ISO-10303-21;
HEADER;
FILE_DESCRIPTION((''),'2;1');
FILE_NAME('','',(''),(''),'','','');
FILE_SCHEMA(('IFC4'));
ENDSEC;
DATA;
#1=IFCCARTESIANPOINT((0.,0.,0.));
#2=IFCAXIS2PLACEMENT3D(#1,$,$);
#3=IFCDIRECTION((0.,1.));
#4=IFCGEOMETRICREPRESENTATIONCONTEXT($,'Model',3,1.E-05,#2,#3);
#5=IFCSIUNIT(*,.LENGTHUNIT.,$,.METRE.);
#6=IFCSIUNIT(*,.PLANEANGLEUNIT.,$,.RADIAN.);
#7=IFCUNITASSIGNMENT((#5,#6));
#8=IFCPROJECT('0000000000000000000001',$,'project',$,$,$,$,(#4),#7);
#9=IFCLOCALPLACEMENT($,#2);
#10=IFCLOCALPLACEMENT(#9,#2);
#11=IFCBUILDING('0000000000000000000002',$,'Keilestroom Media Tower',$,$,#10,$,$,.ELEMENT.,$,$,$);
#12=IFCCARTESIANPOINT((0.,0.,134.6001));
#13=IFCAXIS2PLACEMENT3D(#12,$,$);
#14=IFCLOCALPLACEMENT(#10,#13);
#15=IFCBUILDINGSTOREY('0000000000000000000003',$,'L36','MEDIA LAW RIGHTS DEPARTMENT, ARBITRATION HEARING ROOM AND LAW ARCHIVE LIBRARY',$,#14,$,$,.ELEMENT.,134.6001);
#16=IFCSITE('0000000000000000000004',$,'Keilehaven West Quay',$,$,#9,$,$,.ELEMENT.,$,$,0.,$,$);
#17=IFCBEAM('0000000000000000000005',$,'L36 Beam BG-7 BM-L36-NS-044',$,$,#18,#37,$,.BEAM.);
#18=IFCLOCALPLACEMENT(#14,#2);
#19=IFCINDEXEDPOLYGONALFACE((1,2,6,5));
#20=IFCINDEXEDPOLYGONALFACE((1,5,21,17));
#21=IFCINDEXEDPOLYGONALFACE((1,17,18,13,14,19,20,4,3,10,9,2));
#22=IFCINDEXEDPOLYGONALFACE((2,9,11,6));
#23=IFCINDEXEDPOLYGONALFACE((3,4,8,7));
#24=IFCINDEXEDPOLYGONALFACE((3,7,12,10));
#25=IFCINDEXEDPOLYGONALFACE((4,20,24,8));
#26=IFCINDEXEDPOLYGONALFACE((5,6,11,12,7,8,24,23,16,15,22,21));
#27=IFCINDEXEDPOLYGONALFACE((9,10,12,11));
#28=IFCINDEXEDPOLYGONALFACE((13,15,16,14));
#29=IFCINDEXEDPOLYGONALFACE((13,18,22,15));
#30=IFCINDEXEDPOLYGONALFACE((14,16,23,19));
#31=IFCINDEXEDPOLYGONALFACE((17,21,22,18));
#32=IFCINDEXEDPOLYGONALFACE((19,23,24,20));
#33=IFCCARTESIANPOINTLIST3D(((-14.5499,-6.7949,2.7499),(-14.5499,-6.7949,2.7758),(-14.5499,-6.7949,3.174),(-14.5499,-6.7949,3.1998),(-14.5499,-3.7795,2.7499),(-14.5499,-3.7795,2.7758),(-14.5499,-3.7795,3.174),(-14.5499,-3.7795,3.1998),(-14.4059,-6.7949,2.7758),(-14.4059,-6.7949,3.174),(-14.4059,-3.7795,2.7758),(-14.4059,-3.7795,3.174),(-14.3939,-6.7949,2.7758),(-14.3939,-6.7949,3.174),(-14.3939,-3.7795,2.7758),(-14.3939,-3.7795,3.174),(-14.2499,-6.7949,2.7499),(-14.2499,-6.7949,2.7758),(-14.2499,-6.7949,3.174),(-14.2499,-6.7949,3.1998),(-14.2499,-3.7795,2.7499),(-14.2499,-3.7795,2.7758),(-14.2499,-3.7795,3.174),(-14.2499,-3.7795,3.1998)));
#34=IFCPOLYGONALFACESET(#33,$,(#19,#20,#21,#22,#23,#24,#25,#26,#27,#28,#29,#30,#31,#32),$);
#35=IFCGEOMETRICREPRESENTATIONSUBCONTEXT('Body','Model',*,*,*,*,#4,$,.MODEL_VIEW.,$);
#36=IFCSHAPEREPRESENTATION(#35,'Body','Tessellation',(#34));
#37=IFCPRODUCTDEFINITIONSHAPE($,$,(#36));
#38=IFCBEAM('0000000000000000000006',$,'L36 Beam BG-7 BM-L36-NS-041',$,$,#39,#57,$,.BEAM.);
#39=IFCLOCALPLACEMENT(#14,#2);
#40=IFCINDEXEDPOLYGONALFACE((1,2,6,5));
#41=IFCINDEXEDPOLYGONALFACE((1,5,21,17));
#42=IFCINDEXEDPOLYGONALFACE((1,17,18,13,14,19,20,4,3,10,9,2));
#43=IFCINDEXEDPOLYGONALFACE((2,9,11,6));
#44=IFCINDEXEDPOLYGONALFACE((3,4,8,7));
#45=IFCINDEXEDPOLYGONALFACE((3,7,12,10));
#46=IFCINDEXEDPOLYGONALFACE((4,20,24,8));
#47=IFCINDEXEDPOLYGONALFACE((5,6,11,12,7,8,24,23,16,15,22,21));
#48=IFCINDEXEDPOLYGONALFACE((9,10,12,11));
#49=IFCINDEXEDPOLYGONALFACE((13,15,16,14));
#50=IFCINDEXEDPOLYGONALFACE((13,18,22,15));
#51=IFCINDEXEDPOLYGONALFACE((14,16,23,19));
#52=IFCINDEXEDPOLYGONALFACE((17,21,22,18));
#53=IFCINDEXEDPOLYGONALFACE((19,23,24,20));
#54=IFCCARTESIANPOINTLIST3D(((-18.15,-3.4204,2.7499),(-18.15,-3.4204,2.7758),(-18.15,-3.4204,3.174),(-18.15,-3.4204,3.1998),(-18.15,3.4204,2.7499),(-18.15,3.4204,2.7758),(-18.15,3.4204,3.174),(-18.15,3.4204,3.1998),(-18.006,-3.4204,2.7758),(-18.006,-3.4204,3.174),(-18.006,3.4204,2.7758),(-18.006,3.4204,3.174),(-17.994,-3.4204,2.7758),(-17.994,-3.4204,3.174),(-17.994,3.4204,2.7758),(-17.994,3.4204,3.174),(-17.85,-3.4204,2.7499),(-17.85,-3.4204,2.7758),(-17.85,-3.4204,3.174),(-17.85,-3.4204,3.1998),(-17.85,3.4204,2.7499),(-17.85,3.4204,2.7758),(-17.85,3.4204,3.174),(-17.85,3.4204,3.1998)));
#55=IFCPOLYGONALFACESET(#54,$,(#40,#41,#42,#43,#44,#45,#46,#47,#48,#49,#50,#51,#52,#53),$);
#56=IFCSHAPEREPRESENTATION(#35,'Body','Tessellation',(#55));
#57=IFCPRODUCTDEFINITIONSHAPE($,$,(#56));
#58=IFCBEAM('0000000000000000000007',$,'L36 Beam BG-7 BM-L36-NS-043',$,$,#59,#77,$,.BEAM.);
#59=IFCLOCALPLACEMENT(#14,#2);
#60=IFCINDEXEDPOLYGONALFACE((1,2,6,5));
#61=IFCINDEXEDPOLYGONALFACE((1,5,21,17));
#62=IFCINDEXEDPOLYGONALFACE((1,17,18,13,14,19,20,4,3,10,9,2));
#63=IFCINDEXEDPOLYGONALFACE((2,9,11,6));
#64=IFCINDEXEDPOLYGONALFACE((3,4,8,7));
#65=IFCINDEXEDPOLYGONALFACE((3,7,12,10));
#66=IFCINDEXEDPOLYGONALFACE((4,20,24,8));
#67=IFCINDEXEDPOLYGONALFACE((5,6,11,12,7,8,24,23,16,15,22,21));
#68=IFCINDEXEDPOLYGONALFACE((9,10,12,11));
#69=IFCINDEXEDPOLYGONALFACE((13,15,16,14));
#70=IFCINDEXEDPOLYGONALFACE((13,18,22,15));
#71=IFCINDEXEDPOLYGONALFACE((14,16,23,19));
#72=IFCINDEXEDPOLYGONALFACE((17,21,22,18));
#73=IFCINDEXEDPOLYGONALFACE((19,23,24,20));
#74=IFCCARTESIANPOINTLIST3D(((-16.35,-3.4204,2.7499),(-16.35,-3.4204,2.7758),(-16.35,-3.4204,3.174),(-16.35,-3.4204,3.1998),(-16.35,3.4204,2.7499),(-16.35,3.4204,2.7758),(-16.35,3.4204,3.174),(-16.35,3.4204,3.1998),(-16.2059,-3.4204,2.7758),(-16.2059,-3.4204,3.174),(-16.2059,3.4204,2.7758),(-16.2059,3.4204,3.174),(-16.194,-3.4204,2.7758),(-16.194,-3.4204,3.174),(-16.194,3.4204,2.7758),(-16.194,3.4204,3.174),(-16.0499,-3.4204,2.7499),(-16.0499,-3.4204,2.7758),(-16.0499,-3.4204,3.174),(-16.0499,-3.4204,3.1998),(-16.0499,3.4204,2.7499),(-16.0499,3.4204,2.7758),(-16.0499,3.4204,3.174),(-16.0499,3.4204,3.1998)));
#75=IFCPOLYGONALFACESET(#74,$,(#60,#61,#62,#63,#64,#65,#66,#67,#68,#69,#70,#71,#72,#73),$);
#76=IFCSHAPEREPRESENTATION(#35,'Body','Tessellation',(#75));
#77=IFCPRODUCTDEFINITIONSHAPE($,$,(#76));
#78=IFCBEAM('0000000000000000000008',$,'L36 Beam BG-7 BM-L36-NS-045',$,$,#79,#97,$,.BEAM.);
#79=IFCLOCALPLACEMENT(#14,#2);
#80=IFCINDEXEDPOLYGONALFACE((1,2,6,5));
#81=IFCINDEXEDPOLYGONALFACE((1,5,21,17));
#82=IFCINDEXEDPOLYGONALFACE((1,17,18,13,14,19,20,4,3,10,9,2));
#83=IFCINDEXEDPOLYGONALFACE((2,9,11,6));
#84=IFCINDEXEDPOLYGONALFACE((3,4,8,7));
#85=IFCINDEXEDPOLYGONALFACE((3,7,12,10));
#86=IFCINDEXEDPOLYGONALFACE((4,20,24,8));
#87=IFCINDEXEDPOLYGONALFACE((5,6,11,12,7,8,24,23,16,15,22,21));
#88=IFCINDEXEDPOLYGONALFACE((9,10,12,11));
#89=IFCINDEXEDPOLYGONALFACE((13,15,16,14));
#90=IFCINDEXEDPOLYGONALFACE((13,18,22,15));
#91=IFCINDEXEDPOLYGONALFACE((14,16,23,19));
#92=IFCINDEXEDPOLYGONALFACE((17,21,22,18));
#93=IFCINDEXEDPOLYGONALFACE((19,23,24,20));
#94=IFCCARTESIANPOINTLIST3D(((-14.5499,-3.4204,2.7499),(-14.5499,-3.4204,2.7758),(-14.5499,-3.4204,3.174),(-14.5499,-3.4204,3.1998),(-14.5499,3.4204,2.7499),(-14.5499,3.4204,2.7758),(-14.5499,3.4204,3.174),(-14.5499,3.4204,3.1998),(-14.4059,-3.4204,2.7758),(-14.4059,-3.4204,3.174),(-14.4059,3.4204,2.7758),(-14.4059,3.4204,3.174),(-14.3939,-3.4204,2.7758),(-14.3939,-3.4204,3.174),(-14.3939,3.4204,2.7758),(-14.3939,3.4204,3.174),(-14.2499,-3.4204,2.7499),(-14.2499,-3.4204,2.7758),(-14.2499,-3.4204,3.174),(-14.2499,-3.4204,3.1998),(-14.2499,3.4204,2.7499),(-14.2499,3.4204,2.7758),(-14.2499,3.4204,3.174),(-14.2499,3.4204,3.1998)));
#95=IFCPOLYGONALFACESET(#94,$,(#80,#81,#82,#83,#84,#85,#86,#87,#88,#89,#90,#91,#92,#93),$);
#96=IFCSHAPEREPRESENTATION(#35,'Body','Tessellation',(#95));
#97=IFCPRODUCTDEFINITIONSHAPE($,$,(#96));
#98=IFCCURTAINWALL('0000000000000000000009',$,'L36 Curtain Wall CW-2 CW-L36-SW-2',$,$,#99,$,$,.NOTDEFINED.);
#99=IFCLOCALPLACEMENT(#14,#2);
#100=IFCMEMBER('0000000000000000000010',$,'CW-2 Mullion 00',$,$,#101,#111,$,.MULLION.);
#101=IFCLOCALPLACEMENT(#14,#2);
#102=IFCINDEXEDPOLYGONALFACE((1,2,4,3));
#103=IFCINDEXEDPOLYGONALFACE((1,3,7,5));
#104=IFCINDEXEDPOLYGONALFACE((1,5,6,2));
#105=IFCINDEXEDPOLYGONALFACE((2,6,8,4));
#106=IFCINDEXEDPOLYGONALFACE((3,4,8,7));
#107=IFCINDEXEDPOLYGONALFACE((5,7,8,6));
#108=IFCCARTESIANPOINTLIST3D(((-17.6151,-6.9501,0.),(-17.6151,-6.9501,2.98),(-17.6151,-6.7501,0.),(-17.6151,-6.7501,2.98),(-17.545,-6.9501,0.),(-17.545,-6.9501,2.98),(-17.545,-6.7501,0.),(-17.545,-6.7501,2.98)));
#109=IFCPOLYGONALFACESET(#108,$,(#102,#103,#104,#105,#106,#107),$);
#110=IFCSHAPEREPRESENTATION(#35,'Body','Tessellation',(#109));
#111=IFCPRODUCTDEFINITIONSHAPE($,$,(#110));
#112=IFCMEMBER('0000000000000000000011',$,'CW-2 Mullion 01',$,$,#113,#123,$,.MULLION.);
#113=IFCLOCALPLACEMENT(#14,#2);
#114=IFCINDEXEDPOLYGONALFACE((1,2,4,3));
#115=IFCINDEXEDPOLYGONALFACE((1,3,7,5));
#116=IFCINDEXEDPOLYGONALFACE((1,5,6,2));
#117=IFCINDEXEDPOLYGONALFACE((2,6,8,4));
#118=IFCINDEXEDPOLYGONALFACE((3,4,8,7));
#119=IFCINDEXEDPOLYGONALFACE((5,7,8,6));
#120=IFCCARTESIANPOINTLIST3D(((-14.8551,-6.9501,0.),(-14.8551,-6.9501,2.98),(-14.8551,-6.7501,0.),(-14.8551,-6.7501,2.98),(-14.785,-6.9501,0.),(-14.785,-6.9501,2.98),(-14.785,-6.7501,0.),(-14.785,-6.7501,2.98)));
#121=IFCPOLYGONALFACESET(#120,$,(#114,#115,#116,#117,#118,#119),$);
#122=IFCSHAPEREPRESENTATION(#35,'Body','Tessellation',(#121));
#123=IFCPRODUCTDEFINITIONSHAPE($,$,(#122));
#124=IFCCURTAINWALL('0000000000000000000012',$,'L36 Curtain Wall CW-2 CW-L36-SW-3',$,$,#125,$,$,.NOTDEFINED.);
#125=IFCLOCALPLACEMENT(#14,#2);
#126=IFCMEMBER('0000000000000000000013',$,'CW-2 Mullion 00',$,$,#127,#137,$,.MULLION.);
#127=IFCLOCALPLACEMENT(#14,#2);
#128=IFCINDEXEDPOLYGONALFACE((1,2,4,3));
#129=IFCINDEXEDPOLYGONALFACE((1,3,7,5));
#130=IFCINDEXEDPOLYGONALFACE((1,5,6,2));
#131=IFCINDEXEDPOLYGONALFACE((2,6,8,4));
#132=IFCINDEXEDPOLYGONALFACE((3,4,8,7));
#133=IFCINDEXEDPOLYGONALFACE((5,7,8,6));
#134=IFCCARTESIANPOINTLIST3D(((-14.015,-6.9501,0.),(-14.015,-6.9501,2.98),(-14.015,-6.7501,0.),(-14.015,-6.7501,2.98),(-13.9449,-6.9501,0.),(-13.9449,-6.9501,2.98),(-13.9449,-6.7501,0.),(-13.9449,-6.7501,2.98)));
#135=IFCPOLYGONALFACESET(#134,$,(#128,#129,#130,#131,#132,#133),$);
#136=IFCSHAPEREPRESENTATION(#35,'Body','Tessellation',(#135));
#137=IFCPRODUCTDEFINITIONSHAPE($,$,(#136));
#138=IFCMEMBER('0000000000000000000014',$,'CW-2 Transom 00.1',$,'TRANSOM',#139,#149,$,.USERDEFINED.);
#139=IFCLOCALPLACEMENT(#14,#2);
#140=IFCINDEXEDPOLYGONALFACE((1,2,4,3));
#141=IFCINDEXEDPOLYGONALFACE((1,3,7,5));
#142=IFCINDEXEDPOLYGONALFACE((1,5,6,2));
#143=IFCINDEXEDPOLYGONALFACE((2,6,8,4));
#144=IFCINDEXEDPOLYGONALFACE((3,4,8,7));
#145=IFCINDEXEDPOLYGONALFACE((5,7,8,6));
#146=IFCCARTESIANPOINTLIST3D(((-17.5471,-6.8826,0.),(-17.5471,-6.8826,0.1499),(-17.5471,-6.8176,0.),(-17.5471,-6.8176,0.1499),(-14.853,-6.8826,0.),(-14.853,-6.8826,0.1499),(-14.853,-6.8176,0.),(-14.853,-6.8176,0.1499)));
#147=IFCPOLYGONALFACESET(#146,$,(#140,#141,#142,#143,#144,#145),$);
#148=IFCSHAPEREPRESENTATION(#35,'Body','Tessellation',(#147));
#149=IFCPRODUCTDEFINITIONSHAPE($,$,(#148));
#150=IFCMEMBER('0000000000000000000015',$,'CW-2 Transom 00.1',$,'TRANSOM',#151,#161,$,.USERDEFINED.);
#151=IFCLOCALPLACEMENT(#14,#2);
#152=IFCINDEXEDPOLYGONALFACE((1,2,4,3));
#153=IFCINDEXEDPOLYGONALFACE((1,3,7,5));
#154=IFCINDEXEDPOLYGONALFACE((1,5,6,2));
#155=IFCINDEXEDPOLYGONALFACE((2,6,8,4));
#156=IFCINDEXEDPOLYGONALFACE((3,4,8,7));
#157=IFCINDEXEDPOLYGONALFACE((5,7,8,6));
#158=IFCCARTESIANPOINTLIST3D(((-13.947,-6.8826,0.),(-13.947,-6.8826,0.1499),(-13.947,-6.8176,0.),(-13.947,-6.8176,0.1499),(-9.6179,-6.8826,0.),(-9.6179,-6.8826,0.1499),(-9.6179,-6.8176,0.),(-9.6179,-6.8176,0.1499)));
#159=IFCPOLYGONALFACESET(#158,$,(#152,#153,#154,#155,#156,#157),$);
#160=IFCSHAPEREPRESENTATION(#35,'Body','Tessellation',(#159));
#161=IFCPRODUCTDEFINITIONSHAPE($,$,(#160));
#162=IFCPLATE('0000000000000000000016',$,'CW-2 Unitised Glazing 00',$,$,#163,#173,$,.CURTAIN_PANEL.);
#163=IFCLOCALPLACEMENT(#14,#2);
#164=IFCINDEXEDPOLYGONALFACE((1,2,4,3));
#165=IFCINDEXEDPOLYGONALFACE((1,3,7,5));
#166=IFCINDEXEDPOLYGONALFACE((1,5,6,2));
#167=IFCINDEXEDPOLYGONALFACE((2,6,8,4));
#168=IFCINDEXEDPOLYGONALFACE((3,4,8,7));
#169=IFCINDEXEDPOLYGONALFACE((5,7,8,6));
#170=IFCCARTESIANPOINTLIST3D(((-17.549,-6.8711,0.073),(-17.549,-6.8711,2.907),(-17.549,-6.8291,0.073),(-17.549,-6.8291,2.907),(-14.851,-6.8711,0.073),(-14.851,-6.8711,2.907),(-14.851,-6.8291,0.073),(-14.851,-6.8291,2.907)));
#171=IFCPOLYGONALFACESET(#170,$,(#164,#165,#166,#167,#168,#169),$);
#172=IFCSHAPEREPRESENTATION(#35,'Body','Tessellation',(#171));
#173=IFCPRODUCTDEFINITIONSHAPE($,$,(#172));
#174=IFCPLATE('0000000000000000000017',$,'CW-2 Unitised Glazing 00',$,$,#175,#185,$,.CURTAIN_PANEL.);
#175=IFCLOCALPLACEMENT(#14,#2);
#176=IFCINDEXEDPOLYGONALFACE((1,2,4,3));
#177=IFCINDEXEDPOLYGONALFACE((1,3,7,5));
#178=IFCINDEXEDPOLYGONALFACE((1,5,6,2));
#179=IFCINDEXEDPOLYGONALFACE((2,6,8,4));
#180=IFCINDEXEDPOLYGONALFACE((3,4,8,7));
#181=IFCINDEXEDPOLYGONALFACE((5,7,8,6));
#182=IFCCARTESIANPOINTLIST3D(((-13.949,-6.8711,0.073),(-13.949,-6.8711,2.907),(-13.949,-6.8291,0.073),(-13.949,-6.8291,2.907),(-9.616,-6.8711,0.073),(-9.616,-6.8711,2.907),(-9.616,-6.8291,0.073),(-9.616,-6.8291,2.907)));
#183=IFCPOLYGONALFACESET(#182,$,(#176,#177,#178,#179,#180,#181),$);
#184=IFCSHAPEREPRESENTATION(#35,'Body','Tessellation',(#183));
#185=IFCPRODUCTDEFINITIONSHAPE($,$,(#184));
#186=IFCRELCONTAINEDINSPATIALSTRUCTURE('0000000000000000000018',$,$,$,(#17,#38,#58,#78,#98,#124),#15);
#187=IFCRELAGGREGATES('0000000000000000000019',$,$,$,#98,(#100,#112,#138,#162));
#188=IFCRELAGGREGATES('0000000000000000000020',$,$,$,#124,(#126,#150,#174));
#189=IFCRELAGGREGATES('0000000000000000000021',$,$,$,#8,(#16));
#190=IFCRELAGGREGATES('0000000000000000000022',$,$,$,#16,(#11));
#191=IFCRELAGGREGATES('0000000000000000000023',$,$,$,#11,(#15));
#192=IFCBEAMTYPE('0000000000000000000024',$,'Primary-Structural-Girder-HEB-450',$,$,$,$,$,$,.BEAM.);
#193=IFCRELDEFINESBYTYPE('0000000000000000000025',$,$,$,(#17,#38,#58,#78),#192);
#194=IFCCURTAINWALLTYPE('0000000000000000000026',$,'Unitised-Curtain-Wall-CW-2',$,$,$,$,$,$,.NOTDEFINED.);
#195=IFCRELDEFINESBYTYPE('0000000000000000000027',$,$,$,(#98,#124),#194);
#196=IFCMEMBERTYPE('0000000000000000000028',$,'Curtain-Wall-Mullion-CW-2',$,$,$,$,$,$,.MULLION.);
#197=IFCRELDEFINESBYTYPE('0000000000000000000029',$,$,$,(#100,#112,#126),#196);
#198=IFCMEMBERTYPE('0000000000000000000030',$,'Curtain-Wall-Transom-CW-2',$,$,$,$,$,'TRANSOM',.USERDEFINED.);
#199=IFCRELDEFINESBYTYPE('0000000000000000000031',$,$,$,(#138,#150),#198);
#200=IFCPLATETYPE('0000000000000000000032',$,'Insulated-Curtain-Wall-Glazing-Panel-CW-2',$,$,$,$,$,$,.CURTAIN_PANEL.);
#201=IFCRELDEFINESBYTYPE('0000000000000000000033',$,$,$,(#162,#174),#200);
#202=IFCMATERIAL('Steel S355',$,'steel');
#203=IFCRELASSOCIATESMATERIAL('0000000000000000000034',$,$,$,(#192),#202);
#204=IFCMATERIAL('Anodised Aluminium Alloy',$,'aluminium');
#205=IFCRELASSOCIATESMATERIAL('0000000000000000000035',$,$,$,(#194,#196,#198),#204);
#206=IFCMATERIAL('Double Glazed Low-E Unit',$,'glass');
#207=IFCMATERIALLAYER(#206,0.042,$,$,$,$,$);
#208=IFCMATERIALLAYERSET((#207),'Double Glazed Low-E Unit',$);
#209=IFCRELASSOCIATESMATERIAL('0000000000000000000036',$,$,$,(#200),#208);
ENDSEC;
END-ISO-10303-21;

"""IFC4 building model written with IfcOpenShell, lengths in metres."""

from ifc_helpers import new_model, si_unit, direction, frame, origin, origin_2d, place, context, subcontext, project, spatial, rectangle, i_section, extrude, source, transform, mapped, material, layer, layer_set, material_profile, profile_set, type_object, element, aggregate, save


model = new_model("IFC4")

# Units and contexts
model_context = context("Model", 3, precision=1e-05, world=origin(), true_north=direction((0.0, 1.0)))
body_context = subcontext(model_context, "Body", "Model", "MODEL_VIEW")
ifc_project = project(units=[si_unit("LENGTHUNIT", "METRE"), si_unit("PLANEANGLEUNIT", "RADIAN")], contexts=[model_context])

# Site, building, storey
site_placement = place(None, origin())
site = spatial("IfcSite", under=ifc_project, at=site_placement, Name="Keilehaven West Quay", CompositionType="ELEMENT", RefElevation=0.0)
building_placement = place(site_placement, origin())
building = spatial("IfcBuilding", under=site, at=building_placement, Name="Keilestroom Media Tower", CompositionType="ELEMENT")
storey_placement = place(building_placement, frame((0.0, 0.0, 134.6001)))
storey = spatial("IfcBuildingStorey", under=building, at=storey_placement, Name="L36", Description="MEDIA LAW RIGHTS DEPARTMENT, ARBITRATION HEARING ROOM AND LAW ARCHIVE LIBRARY", CompositionType="ELEMENT", Elevation=134.6001)

# Shared definitions
ifc_material_1 = material(Name="Steel S355", Category="steel")

# Beams
ifc_material_profile_1 = material_profile(ifc_material_1, i_section(OverallWidth=0.3, OverallDepth=0.45, WebThickness=0.012, FlangeThickness=0.0259, at=origin_2d()), Name="HEB 450")
ifc_profile_set_1 = profile_set([ifc_material_profile_1], Name="Steel S355")
beam_type_1 = type_object("IfcBeamType", Name="Primary-Structural-Girder-HEB-450", PredefinedType="BEAM", material=ifc_profile_set_1)
shared_shape_1 = source(origin(), body_context, "Body", "SweptSolid", [
    extrude(i_section(OverallWidth=0.3, OverallDepth=0.45, WebThickness=0.012, FlangeThickness=0.0259, at=origin_2d()), origin(), (0.0, 0.0, 1.0), 3.0154),
])
beam_1_placement = place(storey_placement, frame((-14.3999, -6.7949, 2.9749), z_axis=(0.0, 1.0, 0.0), x_axis=(-1.0, 0.0, 0.0)))
element("IfcBeam", 1, at=beam_1_placement, inside=storey, type_object=beam_type_1, Name="L36 Beam BG-7 BM-L36-NS-044", PredefinedType="BEAM", context=body_context, shape_type="MappedRepresentation", body=[
    mapped(shared_shape_1, transform((0.0, 0.0, 0.0), x_axis=(1.0, 0.0, 0.0), y_axis=(0.0, 1.0, 0.0), z_axis=(0.0, 0.0, 1.0), scale=1.0)),
])
shared_shape_2 = source(origin(), body_context, "Body", "SweptSolid", [
    extrude(i_section(OverallWidth=0.3, OverallDepth=0.45, WebThickness=0.012, FlangeThickness=0.0259, at=origin_2d()), origin(), (0.0, 0.0, 1.0), 6.8408),
])
for number, where, z_axis, x_axis, name in (
    (2, (-18.0, -3.4204, 2.9749), (0.0, 1.0, 0.0), (-1.0, 0.0, 0.0), "L36 Beam BG-7 BM-L36-NS-041"),
    (3, (-16.2, -3.4204, 2.9749), (0.0, 1.0, 0.0), (-1.0, 0.0, 0.0), "L36 Beam BG-7 BM-L36-NS-043"),
    (4, (-14.3999, -3.4204, 2.9749), (0.0, 1.0, 0.0), (-1.0, 0.0, 0.0), "L36 Beam BG-7 BM-L36-NS-045"),
):
    element("IfcBeam", number, at=place(storey_placement, frame(where, z_axis=z_axis, x_axis=x_axis)), inside=storey, type_object=beam_type_1, Name=name, PredefinedType="BEAM", context=body_context, shape_type="MappedRepresentation", body=[
        mapped(shared_shape_2, transform((0.0, 0.0, 0.0), x_axis=(1.0, 0.0, 0.0), y_axis=(0.0, 1.0, 0.0), z_axis=(0.0, 0.0, 1.0), scale=1.0)),
    ])

# Curtain wall, members
ifc_material_2 = material(Name="Anodised Aluminium Alloy", Category="aluminium")
curtain_wall_type = type_object("IfcCurtainWallType", Name="Unitised-Curtain-Wall-CW-2", PredefinedType="NOTDEFINED", material=ifc_material_2)
curtain_wall_1_placement = place(storey_placement, origin())
curtain_wall_1 = element("IfcCurtainWall", 5, at=curtain_wall_1_placement, inside=storey, type_object=curtain_wall_type, Name="L36 Curtain Wall CW-2 CW-L36-SW-2", PredefinedType="NOTDEFINED")
ifc_material_profile_2 = material_profile(ifc_material_2, rectangle(XDim=0.0701, YDim=0.2, at=origin_2d()), Name="ALU MULLION 70x200")
ifc_profile_set_2 = profile_set([ifc_material_profile_2], Name="Anodised Aluminium Alloy")
member_type_1 = type_object("IfcMemberType", Name="Curtain-Wall-Mullion-CW-2", PredefinedType="MULLION", material=ifc_profile_set_2)
shared_shape_3 = source(origin(), body_context, "Body", "SweptSolid", [
    extrude(rectangle(XDim=0.0701, YDim=0.2, at=origin_2d()), origin(), (0.0, 0.0, 1.0), 2.98),
])
member_1_placement = place(storey_placement, frame((-17.5801, -6.8501, 0.0), z_axis=(0.0, 0.0, 1.0), x_axis=(1.0, 0.0, 0.0)))
member_1 = element("IfcMember", 6, at=member_1_placement, type_object=member_type_1, Name="CW-2 Mullion 00", PredefinedType="MULLION", context=body_context, shape_type="MappedRepresentation", body=[
    mapped(shared_shape_3, transform((0.0, 0.0, 0.0), x_axis=(1.0, 0.0, 0.0), y_axis=(0.0, 1.0, 0.0), z_axis=(0.0, 0.0, 1.0), scale=1.0)),
])
member_2_placement = place(storey_placement, frame((-14.8201, -6.8501, 0.0), z_axis=(0.0, 0.0, 1.0), x_axis=(1.0, 0.0, 0.0)))
member_2 = element("IfcMember", 7, at=member_2_placement, type_object=member_type_1, Name="CW-2 Mullion 01", PredefinedType="MULLION", context=body_context, shape_type="MappedRepresentation", body=[
    mapped(shared_shape_3, transform((0.0, 0.0, 0.0), x_axis=(1.0, 0.0, 0.0), y_axis=(0.0, 1.0, 0.0), z_axis=(0.0, 0.0, 1.0), scale=1.0)),
])

# Curtain wall, member
curtain_wall_2_placement = place(storey_placement, origin())
curtain_wall_2 = element("IfcCurtainWall", 8, at=curtain_wall_2_placement, inside=storey, type_object=curtain_wall_type, Name="L36 Curtain Wall CW-2 CW-L36-SW-3", PredefinedType="NOTDEFINED")
member_3_placement = place(storey_placement, frame((-13.98, -6.8501, 0.0), z_axis=(0.0, 0.0, 1.0), x_axis=(1.0, 0.0, 0.0)))
member_3 = element("IfcMember", 9, at=member_3_placement, type_object=member_type_1, Name="CW-2 Mullion 00", PredefinedType="MULLION", context=body_context, shape_type="MappedRepresentation", body=[
    mapped(shared_shape_3, transform((0.0, 0.0, 0.0), x_axis=(1.0, 0.0, 0.0), y_axis=(0.0, 1.0, 0.0), z_axis=(0.0, 0.0, 1.0), scale=1.0)),
])

# Members
ifc_material_profile_3 = material_profile(ifc_material_2, rectangle(XDim=0.0649, YDim=0.1499, at=origin_2d()), Name="ALU TRANSOM 65x150")
ifc_profile_set_3 = profile_set([ifc_material_profile_3], Name="Anodised Aluminium Alloy")
member_type_2 = type_object("IfcMemberType", Name="Curtain-Wall-Transom-CW-2", ElementType="TRANSOM", PredefinedType="USERDEFINED", material=ifc_profile_set_3)
shared_shape_4 = source(origin(), body_context, "Body", "SweptSolid", [
    extrude(rectangle(XDim=0.0649, YDim=0.1499, at=origin_2d()), origin(), (0.0, 0.0, 1.0), 2.6941),
])
member_4_placement = place(storey_placement, frame((-17.5471, -6.8501, 0.075), z_axis=(1.0, 0.0, 0.0), x_axis=(0.0, 1.0, 0.0)))
member_4 = element("IfcMember", 10, at=member_4_placement, type_object=member_type_2, Name="CW-2 Transom 00.1", ObjectType="TRANSOM", PredefinedType="USERDEFINED", context=body_context, shape_type="MappedRepresentation", body=[
    mapped(shared_shape_4, transform((0.0, 0.0, 0.0), x_axis=(1.0, 0.0, 0.0), y_axis=(0.0, 1.0, 0.0), z_axis=(0.0, 0.0, 1.0), scale=1.0)),
])
shared_shape_5 = source(origin(), body_context, "Body", "SweptSolid", [
    extrude(rectangle(XDim=0.0649, YDim=0.1499, at=origin_2d()), origin(), (0.0, 0.0, 1.0), 4.3291),
])
member_5_placement = place(storey_placement, frame((-13.947, -6.8501, 0.075), z_axis=(1.0, 0.0, 0.0), x_axis=(0.0, 1.0, 0.0)))
member_5 = element("IfcMember", 11, at=member_5_placement, type_object=member_type_2, Name="CW-2 Transom 00.1", ObjectType="TRANSOM", PredefinedType="USERDEFINED", context=body_context, shape_type="MappedRepresentation", body=[
    mapped(shared_shape_5, transform((0.0, 0.0, 0.0), x_axis=(1.0, 0.0, 0.0), y_axis=(0.0, 1.0, 0.0), z_axis=(0.0, 0.0, 1.0), scale=1.0)),
])

# Plates
ifc_material_3 = material(Name="Double Glazed Low-E Unit", Category="glass")
ifc_layer_1 = layer(ifc_material_3, 0.042)
ifc_layer_set_1 = layer_set([ifc_layer_1], Name="Double Glazed Low-E Unit")
plate_type = type_object("IfcPlateType", Name="Insulated-Curtain-Wall-Glazing-Panel-CW-2", PredefinedType="CURTAIN_PANEL", material=ifc_layer_set_1)
shared_shape_6 = source(origin(), body_context, "Body", "SweptSolid", [
    extrude(rectangle(XDim=2.698, YDim=0.042, at=origin_2d()), origin(), (0.0, 0.0, 1.0), 2.834),
])
plate_1_placement = place(storey_placement, frame((-16.2, -6.8501, 0.073), z_axis=(0.0, 0.0, 1.0), x_axis=(1.0, 0.0, 0.0)))
plate_1 = element("IfcPlate", 12, at=plate_1_placement, type_object=plate_type, Name="CW-2 Unitised Glazing 00", PredefinedType="CURTAIN_PANEL", context=body_context, shape_type="MappedRepresentation", body=[
    mapped(shared_shape_6, transform((0.0, 0.0, 0.0), x_axis=(1.0, 0.0, 0.0), y_axis=(0.0, 1.0, 0.0), z_axis=(0.0, 0.0, 1.0), scale=1.0)),
])
aggregate(curtain_wall_1, [member_1, member_2, member_4, plate_1])
shared_shape_7 = source(origin(), body_context, "Body", "SweptSolid", [
    extrude(rectangle(XDim=4.333, YDim=0.042, at=origin_2d()), origin(), (0.0, 0.0, 1.0), 2.834),
])
plate_2_placement = place(storey_placement, frame((-11.7825, -6.8501, 0.073), z_axis=(0.0, 0.0, 1.0), x_axis=(1.0, 0.0, 0.0)))
plate_2 = element("IfcPlate", 13, at=plate_2_placement, type_object=plate_type, Name="CW-2 Unitised Glazing 00", PredefinedType="CURTAIN_PANEL", context=body_context, shape_type="MappedRepresentation", body=[
    mapped(shared_shape_7, transform((0.0, 0.0, 0.0), x_axis=(1.0, 0.0, 0.0), y_axis=(0.0, 1.0, 0.0), z_axis=(0.0, 0.0, 1.0), scale=1.0)),
])
aggregate(curtain_wall_2, [member_3, member_5, plate_2])

save(model, "model.ifc")
